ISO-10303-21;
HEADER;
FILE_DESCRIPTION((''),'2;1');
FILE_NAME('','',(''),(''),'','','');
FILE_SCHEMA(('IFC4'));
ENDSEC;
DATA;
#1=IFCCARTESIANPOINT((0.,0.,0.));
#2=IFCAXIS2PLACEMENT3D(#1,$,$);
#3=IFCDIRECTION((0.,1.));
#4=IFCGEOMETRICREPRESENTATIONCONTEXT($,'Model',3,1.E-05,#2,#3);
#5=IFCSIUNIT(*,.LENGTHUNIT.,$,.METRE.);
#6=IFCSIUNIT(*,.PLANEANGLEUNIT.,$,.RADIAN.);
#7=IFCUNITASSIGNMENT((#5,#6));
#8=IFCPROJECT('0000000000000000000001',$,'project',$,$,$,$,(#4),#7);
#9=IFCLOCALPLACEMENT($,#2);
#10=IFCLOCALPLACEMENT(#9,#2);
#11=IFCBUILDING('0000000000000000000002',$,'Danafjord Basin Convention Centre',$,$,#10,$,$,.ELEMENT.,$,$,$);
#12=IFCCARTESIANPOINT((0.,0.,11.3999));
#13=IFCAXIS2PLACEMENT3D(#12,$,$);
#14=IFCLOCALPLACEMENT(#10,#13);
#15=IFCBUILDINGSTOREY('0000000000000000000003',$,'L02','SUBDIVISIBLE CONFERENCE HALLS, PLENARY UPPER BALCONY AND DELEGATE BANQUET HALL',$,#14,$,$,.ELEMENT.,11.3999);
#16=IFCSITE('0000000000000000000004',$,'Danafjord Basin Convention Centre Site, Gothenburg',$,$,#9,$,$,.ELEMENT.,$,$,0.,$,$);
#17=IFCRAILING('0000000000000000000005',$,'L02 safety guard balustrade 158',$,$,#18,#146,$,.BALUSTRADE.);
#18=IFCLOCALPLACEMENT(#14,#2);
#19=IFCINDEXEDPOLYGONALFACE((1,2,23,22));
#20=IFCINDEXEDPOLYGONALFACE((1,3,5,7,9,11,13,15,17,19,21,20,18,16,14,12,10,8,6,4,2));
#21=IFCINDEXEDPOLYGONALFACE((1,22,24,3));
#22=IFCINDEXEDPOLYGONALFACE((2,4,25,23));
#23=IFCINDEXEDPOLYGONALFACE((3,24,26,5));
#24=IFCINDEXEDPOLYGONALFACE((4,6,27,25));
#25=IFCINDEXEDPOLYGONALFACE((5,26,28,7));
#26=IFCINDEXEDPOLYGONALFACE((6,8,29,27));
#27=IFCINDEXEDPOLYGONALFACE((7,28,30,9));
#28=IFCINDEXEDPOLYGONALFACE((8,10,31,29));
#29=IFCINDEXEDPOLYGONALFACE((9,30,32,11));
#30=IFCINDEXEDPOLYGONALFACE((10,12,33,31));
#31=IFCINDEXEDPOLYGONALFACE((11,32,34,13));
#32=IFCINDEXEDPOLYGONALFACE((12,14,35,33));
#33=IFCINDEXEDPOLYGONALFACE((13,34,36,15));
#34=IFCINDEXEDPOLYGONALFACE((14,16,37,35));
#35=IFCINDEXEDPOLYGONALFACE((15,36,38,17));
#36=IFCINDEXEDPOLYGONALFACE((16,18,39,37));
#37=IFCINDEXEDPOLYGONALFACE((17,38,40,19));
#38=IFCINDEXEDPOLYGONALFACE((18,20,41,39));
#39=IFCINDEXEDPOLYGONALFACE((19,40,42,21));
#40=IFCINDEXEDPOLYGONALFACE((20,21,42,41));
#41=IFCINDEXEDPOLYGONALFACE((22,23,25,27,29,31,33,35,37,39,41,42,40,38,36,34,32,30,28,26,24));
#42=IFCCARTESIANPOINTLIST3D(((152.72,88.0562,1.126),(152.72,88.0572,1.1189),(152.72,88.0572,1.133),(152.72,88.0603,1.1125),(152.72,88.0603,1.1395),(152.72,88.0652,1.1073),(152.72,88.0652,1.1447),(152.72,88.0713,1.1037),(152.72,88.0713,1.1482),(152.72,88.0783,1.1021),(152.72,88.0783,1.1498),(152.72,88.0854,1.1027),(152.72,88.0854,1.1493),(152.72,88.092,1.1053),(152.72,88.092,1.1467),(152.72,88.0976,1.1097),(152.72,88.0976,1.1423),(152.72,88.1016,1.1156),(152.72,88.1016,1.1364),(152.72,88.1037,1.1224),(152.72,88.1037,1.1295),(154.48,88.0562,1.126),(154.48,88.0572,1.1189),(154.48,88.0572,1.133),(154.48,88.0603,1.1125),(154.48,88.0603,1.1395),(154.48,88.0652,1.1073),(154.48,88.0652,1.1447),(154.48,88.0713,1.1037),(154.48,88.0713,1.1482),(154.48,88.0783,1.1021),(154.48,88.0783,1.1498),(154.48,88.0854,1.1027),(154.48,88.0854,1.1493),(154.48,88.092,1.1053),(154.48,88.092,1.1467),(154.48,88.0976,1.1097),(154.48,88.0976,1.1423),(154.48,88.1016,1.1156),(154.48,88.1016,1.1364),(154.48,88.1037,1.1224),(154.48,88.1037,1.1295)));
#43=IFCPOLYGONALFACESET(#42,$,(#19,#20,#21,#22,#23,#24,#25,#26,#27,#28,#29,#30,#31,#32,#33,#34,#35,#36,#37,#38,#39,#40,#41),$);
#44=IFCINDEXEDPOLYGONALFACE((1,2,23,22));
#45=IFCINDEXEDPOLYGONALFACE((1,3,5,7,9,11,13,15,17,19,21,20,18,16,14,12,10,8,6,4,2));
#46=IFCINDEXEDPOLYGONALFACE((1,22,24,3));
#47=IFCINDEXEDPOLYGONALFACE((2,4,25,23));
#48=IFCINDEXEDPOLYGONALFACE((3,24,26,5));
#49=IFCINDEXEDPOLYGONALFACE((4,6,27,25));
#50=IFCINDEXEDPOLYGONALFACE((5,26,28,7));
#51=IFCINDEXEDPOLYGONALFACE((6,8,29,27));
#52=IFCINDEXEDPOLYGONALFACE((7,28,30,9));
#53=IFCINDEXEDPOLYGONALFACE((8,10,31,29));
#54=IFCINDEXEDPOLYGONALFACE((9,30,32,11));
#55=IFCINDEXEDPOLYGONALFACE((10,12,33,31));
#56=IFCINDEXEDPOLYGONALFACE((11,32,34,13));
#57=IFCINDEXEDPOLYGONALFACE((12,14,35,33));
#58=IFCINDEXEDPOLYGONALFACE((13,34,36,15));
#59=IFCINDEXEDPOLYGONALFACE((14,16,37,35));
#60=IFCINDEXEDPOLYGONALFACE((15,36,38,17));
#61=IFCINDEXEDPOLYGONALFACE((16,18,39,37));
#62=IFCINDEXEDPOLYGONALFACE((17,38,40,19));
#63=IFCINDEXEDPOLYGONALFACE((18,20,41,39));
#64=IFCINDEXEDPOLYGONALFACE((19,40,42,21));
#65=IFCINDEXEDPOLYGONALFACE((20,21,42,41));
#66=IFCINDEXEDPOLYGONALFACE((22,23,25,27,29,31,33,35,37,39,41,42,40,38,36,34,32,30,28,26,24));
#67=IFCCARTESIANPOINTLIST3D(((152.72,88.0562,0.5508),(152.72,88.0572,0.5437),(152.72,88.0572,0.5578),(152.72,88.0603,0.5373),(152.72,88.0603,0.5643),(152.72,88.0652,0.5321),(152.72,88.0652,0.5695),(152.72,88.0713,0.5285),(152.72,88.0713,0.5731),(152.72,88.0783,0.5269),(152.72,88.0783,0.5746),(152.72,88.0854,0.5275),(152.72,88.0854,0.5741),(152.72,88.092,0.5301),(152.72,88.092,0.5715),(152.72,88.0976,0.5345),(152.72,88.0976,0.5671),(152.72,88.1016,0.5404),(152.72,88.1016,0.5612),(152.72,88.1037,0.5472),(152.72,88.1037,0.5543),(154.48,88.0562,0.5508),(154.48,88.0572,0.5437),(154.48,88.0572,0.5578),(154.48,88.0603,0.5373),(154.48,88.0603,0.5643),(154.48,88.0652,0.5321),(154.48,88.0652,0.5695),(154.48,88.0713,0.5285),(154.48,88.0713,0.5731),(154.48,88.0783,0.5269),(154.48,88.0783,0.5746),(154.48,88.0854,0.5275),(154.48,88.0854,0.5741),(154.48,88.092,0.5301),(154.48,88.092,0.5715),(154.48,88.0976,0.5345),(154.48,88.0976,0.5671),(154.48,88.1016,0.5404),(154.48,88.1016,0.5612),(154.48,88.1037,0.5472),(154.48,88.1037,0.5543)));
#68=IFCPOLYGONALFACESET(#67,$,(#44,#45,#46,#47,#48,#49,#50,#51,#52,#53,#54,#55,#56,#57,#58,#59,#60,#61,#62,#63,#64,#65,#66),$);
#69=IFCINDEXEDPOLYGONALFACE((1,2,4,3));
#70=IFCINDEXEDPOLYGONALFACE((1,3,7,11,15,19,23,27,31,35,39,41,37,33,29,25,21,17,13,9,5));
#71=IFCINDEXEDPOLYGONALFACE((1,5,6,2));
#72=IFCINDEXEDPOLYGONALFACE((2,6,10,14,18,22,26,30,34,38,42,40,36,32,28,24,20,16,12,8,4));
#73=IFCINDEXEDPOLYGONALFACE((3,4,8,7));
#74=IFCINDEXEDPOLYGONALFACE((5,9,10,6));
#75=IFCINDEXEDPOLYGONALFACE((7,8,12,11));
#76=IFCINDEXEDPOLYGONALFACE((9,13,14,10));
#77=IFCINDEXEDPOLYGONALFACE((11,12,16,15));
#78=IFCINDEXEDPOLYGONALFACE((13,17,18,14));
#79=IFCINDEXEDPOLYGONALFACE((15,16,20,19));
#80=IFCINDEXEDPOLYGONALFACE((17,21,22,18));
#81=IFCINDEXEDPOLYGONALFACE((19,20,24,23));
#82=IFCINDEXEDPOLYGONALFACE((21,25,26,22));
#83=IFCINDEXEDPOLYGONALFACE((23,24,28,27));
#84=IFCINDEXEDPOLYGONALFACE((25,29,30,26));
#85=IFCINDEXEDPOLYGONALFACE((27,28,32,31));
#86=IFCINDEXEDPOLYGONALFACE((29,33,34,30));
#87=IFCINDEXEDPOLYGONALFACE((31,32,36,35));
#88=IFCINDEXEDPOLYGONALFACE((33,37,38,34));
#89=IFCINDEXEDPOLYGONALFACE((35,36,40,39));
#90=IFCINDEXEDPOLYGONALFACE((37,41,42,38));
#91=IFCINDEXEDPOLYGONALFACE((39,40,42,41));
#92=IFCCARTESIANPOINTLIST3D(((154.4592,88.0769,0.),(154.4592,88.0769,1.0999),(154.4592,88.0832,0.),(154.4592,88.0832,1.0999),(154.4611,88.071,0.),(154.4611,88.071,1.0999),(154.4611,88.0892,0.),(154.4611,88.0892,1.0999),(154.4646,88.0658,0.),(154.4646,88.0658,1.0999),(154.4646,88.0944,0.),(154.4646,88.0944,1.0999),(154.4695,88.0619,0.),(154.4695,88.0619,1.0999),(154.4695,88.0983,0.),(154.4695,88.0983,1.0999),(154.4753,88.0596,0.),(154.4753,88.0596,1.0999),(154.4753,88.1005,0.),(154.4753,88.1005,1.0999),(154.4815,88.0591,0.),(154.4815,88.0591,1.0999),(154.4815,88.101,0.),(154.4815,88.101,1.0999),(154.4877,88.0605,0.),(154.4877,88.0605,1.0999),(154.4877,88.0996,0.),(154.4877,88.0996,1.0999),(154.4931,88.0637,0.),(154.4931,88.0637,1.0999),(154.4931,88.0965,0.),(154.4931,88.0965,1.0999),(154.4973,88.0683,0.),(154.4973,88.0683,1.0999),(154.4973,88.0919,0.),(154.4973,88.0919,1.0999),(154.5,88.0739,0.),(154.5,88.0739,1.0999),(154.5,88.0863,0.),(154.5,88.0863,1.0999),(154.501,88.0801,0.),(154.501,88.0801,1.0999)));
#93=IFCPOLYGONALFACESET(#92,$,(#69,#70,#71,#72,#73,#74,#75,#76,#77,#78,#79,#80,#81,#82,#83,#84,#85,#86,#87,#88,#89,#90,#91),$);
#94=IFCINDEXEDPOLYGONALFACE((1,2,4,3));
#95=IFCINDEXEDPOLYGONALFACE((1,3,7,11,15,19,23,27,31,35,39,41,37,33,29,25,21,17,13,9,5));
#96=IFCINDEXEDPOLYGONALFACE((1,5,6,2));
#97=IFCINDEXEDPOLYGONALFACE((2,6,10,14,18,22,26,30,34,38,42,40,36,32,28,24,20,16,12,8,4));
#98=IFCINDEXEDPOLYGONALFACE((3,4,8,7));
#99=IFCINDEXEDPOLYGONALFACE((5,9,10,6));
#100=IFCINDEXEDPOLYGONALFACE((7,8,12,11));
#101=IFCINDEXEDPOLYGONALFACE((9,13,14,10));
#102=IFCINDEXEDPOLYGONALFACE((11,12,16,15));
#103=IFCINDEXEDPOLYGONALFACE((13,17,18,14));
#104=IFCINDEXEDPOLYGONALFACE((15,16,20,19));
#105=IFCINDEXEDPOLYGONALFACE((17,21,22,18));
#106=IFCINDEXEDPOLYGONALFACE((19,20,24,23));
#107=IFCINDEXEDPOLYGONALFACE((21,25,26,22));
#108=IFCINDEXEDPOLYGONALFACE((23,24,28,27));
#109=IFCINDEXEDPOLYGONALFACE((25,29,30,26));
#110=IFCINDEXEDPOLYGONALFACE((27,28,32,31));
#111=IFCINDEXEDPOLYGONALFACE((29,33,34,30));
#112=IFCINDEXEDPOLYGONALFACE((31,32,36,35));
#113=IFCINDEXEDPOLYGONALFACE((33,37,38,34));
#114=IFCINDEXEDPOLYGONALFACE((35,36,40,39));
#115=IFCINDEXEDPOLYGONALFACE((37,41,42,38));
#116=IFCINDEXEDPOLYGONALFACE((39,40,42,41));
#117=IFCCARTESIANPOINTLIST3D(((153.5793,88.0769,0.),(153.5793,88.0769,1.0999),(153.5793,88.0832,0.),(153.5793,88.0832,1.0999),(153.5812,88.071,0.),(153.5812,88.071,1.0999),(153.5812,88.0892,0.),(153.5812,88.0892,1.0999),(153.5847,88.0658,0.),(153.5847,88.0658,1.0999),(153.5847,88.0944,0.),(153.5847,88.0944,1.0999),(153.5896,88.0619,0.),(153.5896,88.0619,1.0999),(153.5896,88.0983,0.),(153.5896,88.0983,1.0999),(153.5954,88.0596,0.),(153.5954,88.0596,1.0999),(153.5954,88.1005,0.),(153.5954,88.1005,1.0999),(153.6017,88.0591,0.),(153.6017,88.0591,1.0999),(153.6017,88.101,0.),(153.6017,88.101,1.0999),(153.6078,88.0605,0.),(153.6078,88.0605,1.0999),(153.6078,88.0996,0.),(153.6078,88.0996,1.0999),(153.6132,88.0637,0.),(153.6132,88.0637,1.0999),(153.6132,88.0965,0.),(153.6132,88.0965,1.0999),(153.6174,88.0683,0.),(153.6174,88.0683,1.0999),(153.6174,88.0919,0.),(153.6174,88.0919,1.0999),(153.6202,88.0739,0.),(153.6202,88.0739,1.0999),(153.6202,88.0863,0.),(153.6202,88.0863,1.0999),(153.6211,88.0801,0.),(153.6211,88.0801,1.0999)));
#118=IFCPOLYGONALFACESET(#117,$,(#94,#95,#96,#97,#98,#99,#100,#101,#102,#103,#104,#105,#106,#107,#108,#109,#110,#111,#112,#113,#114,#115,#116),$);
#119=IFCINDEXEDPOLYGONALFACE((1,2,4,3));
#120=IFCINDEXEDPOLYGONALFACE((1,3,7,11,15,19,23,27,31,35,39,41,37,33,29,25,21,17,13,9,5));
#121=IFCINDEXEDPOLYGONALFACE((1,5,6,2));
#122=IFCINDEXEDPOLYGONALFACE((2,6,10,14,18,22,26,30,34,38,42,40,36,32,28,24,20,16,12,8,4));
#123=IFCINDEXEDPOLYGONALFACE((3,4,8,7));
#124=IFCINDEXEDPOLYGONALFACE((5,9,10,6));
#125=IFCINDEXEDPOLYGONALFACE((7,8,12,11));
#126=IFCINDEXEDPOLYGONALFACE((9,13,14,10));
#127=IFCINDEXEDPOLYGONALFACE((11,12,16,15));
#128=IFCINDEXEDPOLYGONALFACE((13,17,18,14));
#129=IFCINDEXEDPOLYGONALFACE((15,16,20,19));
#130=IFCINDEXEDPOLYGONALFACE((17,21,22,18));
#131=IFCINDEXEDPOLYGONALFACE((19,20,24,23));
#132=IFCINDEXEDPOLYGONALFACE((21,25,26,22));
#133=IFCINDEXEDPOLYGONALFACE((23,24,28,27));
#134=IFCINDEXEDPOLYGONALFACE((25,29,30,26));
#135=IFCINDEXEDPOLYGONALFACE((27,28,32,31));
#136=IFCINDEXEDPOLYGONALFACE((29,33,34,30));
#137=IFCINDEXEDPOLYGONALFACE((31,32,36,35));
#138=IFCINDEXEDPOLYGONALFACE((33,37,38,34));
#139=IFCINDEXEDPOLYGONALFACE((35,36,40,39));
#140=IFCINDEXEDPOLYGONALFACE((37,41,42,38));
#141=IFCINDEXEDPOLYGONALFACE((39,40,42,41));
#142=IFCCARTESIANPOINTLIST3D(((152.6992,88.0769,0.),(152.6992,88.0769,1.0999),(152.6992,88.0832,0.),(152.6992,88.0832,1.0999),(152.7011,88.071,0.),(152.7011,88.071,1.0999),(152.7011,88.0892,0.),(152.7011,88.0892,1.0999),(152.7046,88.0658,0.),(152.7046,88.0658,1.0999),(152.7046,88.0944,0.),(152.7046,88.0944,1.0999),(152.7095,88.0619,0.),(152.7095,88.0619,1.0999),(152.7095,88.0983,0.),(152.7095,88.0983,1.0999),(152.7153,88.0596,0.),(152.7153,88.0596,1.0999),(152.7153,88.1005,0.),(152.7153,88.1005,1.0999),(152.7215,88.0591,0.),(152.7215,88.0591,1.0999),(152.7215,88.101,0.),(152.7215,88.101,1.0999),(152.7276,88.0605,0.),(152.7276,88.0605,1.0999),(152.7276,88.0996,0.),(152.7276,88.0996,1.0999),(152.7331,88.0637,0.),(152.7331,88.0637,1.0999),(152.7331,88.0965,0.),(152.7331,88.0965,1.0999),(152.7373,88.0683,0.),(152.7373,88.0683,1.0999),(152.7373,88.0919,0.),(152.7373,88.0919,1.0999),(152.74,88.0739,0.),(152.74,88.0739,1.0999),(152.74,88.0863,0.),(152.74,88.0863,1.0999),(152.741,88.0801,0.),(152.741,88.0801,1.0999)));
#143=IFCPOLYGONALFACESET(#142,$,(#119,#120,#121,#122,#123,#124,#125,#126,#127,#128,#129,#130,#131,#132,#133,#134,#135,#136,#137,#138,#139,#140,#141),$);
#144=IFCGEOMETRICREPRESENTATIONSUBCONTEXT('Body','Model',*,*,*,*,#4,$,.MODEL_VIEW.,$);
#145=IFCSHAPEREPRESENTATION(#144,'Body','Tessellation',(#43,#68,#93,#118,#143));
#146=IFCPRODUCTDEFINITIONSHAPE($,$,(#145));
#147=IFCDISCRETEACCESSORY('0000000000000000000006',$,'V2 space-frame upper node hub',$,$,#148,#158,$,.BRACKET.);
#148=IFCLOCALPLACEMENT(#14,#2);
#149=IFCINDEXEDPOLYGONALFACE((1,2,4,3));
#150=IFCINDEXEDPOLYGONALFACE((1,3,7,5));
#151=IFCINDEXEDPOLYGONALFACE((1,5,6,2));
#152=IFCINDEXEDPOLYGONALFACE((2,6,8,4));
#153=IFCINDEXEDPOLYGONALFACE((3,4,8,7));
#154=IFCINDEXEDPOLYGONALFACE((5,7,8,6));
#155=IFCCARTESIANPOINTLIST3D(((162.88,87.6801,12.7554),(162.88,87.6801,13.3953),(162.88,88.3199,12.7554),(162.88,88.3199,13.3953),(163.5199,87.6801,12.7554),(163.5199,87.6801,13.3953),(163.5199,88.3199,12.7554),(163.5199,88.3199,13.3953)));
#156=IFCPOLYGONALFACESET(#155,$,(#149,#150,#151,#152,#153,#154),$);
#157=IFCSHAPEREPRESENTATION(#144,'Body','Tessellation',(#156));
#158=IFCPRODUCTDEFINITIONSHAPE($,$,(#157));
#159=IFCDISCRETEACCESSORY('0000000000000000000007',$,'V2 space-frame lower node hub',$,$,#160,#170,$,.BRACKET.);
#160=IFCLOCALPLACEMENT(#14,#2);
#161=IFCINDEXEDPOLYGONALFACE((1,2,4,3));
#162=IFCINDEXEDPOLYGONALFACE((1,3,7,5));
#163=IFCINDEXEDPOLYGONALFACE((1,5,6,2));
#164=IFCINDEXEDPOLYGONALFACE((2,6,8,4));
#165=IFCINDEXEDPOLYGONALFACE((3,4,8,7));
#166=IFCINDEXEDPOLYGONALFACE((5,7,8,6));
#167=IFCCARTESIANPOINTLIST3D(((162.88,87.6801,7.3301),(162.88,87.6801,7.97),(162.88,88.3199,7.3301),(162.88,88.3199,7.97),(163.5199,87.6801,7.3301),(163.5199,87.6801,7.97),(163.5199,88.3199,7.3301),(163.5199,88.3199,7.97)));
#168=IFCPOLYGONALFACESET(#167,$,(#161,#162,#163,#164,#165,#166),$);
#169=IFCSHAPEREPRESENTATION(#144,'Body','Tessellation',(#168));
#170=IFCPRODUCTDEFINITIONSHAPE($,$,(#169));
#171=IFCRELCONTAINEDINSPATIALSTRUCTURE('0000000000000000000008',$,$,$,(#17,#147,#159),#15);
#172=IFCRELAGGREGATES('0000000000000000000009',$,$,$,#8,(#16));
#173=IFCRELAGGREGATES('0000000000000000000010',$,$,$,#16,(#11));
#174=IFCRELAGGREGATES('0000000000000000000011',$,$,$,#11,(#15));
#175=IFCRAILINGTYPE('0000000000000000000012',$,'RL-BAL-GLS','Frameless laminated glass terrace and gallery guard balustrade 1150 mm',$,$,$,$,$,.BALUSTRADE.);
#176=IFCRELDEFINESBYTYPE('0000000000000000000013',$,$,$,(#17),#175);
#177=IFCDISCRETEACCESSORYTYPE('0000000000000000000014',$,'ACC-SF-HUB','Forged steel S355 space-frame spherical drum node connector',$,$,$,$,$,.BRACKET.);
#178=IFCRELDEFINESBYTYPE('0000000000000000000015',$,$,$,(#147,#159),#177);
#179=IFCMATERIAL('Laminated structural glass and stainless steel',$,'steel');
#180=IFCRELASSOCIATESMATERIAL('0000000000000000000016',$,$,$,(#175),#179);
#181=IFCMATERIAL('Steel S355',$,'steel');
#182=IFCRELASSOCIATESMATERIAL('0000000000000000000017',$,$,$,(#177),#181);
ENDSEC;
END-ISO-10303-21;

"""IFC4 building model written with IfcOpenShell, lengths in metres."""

from ifc_helpers import new_model, si_unit, direction, frame, origin, origin_2d, place, context, subcontext, project, spatial, rectangle, circle, extrude, material, type_object, element, save


model = new_model("IFC4")

# Units and contexts
model_context = context("Model", 3, precision=1e-05, world=origin(), true_north=direction((0.0, 1.0)))
body_context = subcontext(model_context, "Body", "Model", "MODEL_VIEW")
ifc_project = project(units=[si_unit("LENGTHUNIT", "METRE"), si_unit("PLANEANGLEUNIT", "RADIAN")], contexts=[model_context])

# Site, building, storey
site_placement = place(None, origin())
site = spatial("IfcSite", under=ifc_project, at=site_placement, Name="Danafjord Basin Convention Centre Site, Gothenburg", CompositionType="ELEMENT", RefElevation=0.0)
building_placement = place(site_placement, origin())
building = spatial("IfcBuilding", under=site, at=building_placement, Name="Danafjord Basin Convention Centre", CompositionType="ELEMENT")
storey_placement = place(building_placement, frame((0.0, 0.0, 11.3999)))
storey = spatial("IfcBuildingStorey", under=building, at=storey_placement, Name="L02", Description="SUBDIVISIBLE CONFERENCE HALLS, PLENARY UPPER BALCONY AND DELEGATE BANQUET HALL", CompositionType="ELEMENT", Elevation=11.3999)

# Shared definitions
ifc_material_1 = material(Name="Steel S355", Category="steel")

# Railing
ifc_material_2 = material(Name="Laminated structural glass and stainless steel", Category="steel")
railing_type = type_object("IfcRailingType", Name="RL-BAL-GLS", Description="Frameless laminated glass terrace and gallery guard balustrade 1150 mm", PredefinedType="BALUSTRADE", material=ifc_material_2)
for number, where, name in (
    (1, (154.48, 88.0801, 0.0), "L02 safety guard balustrade 158"),
):
    element("IfcRailing", number, at=place(storey_placement, frame(where)), inside=storey, type_object=railing_type, Name=name, PredefinedType="BALUSTRADE", context=body_context, shape_type="SweptSolid", body=[
        extrude(circle(Radius=0.0239, at=origin_2d()), frame((0.0, 0.0, 1.126), z_axis=(-1.0, 0.0, 0.0), x_axis=(0.0, -1.0, 0.0)), (0.0, 0.0, 1.0), 1.76),
        extrude(circle(Radius=0.0239, at=origin_2d()), frame((0.0, 0.0, 0.5508), z_axis=(-1.0, 0.0, 0.0), x_axis=(0.0, -1.0, 0.0)), (0.0, 0.0, 1.0), 1.76),
        extrude(circle(Radius=0.021, at=origin_2d()), origin(), (0.0, 0.0, 1.0), 1.0999),
        extrude(circle(Radius=0.021, at=origin_2d()), frame((-0.8799, 0.0, 0.0)), (0.0, 0.0, 1.0), 1.0999),
        extrude(circle(Radius=0.021, at=origin_2d()), frame((-1.76, 0.0, 0.0)), (0.0, 0.0, 1.0), 1.0999),
    ])

# Discrete accessories
discrete_accessory_type = type_object("IfcDiscreteAccessoryType", Name="ACC-SF-HUB", Description="Forged steel S355 space-frame spherical drum node connector", PredefinedType="BRACKET", material=ifc_material_1)
for number, where, z_axis, x_axis, name in (
    (2, (163.2, 88.0, 12.7554), (0.0, 0.0, 1.0), (1.0, 0.0, 0.0), "V2 space-frame upper node hub"),
    (3, (163.2, 88.0, 7.3301), (0.0, 0.0, 1.0), (1.0, 0.0, 0.0), "V2 space-frame lower node hub"),
):
    element("IfcDiscreteAccessory", number, at=place(storey_placement, frame(where, z_axis=z_axis, x_axis=x_axis)), inside=storey, type_object=discrete_accessory_type, Name=name, PredefinedType="BRACKET", context=body_context, shape_type="SweptSolid", body=[
        extrude(rectangle(XDim=0.6399, YDim=0.6399, at=origin_2d()), origin(), (0.0, 0.0, 1.0), 0.6399),
    ])

save(model, "model.ifc")
